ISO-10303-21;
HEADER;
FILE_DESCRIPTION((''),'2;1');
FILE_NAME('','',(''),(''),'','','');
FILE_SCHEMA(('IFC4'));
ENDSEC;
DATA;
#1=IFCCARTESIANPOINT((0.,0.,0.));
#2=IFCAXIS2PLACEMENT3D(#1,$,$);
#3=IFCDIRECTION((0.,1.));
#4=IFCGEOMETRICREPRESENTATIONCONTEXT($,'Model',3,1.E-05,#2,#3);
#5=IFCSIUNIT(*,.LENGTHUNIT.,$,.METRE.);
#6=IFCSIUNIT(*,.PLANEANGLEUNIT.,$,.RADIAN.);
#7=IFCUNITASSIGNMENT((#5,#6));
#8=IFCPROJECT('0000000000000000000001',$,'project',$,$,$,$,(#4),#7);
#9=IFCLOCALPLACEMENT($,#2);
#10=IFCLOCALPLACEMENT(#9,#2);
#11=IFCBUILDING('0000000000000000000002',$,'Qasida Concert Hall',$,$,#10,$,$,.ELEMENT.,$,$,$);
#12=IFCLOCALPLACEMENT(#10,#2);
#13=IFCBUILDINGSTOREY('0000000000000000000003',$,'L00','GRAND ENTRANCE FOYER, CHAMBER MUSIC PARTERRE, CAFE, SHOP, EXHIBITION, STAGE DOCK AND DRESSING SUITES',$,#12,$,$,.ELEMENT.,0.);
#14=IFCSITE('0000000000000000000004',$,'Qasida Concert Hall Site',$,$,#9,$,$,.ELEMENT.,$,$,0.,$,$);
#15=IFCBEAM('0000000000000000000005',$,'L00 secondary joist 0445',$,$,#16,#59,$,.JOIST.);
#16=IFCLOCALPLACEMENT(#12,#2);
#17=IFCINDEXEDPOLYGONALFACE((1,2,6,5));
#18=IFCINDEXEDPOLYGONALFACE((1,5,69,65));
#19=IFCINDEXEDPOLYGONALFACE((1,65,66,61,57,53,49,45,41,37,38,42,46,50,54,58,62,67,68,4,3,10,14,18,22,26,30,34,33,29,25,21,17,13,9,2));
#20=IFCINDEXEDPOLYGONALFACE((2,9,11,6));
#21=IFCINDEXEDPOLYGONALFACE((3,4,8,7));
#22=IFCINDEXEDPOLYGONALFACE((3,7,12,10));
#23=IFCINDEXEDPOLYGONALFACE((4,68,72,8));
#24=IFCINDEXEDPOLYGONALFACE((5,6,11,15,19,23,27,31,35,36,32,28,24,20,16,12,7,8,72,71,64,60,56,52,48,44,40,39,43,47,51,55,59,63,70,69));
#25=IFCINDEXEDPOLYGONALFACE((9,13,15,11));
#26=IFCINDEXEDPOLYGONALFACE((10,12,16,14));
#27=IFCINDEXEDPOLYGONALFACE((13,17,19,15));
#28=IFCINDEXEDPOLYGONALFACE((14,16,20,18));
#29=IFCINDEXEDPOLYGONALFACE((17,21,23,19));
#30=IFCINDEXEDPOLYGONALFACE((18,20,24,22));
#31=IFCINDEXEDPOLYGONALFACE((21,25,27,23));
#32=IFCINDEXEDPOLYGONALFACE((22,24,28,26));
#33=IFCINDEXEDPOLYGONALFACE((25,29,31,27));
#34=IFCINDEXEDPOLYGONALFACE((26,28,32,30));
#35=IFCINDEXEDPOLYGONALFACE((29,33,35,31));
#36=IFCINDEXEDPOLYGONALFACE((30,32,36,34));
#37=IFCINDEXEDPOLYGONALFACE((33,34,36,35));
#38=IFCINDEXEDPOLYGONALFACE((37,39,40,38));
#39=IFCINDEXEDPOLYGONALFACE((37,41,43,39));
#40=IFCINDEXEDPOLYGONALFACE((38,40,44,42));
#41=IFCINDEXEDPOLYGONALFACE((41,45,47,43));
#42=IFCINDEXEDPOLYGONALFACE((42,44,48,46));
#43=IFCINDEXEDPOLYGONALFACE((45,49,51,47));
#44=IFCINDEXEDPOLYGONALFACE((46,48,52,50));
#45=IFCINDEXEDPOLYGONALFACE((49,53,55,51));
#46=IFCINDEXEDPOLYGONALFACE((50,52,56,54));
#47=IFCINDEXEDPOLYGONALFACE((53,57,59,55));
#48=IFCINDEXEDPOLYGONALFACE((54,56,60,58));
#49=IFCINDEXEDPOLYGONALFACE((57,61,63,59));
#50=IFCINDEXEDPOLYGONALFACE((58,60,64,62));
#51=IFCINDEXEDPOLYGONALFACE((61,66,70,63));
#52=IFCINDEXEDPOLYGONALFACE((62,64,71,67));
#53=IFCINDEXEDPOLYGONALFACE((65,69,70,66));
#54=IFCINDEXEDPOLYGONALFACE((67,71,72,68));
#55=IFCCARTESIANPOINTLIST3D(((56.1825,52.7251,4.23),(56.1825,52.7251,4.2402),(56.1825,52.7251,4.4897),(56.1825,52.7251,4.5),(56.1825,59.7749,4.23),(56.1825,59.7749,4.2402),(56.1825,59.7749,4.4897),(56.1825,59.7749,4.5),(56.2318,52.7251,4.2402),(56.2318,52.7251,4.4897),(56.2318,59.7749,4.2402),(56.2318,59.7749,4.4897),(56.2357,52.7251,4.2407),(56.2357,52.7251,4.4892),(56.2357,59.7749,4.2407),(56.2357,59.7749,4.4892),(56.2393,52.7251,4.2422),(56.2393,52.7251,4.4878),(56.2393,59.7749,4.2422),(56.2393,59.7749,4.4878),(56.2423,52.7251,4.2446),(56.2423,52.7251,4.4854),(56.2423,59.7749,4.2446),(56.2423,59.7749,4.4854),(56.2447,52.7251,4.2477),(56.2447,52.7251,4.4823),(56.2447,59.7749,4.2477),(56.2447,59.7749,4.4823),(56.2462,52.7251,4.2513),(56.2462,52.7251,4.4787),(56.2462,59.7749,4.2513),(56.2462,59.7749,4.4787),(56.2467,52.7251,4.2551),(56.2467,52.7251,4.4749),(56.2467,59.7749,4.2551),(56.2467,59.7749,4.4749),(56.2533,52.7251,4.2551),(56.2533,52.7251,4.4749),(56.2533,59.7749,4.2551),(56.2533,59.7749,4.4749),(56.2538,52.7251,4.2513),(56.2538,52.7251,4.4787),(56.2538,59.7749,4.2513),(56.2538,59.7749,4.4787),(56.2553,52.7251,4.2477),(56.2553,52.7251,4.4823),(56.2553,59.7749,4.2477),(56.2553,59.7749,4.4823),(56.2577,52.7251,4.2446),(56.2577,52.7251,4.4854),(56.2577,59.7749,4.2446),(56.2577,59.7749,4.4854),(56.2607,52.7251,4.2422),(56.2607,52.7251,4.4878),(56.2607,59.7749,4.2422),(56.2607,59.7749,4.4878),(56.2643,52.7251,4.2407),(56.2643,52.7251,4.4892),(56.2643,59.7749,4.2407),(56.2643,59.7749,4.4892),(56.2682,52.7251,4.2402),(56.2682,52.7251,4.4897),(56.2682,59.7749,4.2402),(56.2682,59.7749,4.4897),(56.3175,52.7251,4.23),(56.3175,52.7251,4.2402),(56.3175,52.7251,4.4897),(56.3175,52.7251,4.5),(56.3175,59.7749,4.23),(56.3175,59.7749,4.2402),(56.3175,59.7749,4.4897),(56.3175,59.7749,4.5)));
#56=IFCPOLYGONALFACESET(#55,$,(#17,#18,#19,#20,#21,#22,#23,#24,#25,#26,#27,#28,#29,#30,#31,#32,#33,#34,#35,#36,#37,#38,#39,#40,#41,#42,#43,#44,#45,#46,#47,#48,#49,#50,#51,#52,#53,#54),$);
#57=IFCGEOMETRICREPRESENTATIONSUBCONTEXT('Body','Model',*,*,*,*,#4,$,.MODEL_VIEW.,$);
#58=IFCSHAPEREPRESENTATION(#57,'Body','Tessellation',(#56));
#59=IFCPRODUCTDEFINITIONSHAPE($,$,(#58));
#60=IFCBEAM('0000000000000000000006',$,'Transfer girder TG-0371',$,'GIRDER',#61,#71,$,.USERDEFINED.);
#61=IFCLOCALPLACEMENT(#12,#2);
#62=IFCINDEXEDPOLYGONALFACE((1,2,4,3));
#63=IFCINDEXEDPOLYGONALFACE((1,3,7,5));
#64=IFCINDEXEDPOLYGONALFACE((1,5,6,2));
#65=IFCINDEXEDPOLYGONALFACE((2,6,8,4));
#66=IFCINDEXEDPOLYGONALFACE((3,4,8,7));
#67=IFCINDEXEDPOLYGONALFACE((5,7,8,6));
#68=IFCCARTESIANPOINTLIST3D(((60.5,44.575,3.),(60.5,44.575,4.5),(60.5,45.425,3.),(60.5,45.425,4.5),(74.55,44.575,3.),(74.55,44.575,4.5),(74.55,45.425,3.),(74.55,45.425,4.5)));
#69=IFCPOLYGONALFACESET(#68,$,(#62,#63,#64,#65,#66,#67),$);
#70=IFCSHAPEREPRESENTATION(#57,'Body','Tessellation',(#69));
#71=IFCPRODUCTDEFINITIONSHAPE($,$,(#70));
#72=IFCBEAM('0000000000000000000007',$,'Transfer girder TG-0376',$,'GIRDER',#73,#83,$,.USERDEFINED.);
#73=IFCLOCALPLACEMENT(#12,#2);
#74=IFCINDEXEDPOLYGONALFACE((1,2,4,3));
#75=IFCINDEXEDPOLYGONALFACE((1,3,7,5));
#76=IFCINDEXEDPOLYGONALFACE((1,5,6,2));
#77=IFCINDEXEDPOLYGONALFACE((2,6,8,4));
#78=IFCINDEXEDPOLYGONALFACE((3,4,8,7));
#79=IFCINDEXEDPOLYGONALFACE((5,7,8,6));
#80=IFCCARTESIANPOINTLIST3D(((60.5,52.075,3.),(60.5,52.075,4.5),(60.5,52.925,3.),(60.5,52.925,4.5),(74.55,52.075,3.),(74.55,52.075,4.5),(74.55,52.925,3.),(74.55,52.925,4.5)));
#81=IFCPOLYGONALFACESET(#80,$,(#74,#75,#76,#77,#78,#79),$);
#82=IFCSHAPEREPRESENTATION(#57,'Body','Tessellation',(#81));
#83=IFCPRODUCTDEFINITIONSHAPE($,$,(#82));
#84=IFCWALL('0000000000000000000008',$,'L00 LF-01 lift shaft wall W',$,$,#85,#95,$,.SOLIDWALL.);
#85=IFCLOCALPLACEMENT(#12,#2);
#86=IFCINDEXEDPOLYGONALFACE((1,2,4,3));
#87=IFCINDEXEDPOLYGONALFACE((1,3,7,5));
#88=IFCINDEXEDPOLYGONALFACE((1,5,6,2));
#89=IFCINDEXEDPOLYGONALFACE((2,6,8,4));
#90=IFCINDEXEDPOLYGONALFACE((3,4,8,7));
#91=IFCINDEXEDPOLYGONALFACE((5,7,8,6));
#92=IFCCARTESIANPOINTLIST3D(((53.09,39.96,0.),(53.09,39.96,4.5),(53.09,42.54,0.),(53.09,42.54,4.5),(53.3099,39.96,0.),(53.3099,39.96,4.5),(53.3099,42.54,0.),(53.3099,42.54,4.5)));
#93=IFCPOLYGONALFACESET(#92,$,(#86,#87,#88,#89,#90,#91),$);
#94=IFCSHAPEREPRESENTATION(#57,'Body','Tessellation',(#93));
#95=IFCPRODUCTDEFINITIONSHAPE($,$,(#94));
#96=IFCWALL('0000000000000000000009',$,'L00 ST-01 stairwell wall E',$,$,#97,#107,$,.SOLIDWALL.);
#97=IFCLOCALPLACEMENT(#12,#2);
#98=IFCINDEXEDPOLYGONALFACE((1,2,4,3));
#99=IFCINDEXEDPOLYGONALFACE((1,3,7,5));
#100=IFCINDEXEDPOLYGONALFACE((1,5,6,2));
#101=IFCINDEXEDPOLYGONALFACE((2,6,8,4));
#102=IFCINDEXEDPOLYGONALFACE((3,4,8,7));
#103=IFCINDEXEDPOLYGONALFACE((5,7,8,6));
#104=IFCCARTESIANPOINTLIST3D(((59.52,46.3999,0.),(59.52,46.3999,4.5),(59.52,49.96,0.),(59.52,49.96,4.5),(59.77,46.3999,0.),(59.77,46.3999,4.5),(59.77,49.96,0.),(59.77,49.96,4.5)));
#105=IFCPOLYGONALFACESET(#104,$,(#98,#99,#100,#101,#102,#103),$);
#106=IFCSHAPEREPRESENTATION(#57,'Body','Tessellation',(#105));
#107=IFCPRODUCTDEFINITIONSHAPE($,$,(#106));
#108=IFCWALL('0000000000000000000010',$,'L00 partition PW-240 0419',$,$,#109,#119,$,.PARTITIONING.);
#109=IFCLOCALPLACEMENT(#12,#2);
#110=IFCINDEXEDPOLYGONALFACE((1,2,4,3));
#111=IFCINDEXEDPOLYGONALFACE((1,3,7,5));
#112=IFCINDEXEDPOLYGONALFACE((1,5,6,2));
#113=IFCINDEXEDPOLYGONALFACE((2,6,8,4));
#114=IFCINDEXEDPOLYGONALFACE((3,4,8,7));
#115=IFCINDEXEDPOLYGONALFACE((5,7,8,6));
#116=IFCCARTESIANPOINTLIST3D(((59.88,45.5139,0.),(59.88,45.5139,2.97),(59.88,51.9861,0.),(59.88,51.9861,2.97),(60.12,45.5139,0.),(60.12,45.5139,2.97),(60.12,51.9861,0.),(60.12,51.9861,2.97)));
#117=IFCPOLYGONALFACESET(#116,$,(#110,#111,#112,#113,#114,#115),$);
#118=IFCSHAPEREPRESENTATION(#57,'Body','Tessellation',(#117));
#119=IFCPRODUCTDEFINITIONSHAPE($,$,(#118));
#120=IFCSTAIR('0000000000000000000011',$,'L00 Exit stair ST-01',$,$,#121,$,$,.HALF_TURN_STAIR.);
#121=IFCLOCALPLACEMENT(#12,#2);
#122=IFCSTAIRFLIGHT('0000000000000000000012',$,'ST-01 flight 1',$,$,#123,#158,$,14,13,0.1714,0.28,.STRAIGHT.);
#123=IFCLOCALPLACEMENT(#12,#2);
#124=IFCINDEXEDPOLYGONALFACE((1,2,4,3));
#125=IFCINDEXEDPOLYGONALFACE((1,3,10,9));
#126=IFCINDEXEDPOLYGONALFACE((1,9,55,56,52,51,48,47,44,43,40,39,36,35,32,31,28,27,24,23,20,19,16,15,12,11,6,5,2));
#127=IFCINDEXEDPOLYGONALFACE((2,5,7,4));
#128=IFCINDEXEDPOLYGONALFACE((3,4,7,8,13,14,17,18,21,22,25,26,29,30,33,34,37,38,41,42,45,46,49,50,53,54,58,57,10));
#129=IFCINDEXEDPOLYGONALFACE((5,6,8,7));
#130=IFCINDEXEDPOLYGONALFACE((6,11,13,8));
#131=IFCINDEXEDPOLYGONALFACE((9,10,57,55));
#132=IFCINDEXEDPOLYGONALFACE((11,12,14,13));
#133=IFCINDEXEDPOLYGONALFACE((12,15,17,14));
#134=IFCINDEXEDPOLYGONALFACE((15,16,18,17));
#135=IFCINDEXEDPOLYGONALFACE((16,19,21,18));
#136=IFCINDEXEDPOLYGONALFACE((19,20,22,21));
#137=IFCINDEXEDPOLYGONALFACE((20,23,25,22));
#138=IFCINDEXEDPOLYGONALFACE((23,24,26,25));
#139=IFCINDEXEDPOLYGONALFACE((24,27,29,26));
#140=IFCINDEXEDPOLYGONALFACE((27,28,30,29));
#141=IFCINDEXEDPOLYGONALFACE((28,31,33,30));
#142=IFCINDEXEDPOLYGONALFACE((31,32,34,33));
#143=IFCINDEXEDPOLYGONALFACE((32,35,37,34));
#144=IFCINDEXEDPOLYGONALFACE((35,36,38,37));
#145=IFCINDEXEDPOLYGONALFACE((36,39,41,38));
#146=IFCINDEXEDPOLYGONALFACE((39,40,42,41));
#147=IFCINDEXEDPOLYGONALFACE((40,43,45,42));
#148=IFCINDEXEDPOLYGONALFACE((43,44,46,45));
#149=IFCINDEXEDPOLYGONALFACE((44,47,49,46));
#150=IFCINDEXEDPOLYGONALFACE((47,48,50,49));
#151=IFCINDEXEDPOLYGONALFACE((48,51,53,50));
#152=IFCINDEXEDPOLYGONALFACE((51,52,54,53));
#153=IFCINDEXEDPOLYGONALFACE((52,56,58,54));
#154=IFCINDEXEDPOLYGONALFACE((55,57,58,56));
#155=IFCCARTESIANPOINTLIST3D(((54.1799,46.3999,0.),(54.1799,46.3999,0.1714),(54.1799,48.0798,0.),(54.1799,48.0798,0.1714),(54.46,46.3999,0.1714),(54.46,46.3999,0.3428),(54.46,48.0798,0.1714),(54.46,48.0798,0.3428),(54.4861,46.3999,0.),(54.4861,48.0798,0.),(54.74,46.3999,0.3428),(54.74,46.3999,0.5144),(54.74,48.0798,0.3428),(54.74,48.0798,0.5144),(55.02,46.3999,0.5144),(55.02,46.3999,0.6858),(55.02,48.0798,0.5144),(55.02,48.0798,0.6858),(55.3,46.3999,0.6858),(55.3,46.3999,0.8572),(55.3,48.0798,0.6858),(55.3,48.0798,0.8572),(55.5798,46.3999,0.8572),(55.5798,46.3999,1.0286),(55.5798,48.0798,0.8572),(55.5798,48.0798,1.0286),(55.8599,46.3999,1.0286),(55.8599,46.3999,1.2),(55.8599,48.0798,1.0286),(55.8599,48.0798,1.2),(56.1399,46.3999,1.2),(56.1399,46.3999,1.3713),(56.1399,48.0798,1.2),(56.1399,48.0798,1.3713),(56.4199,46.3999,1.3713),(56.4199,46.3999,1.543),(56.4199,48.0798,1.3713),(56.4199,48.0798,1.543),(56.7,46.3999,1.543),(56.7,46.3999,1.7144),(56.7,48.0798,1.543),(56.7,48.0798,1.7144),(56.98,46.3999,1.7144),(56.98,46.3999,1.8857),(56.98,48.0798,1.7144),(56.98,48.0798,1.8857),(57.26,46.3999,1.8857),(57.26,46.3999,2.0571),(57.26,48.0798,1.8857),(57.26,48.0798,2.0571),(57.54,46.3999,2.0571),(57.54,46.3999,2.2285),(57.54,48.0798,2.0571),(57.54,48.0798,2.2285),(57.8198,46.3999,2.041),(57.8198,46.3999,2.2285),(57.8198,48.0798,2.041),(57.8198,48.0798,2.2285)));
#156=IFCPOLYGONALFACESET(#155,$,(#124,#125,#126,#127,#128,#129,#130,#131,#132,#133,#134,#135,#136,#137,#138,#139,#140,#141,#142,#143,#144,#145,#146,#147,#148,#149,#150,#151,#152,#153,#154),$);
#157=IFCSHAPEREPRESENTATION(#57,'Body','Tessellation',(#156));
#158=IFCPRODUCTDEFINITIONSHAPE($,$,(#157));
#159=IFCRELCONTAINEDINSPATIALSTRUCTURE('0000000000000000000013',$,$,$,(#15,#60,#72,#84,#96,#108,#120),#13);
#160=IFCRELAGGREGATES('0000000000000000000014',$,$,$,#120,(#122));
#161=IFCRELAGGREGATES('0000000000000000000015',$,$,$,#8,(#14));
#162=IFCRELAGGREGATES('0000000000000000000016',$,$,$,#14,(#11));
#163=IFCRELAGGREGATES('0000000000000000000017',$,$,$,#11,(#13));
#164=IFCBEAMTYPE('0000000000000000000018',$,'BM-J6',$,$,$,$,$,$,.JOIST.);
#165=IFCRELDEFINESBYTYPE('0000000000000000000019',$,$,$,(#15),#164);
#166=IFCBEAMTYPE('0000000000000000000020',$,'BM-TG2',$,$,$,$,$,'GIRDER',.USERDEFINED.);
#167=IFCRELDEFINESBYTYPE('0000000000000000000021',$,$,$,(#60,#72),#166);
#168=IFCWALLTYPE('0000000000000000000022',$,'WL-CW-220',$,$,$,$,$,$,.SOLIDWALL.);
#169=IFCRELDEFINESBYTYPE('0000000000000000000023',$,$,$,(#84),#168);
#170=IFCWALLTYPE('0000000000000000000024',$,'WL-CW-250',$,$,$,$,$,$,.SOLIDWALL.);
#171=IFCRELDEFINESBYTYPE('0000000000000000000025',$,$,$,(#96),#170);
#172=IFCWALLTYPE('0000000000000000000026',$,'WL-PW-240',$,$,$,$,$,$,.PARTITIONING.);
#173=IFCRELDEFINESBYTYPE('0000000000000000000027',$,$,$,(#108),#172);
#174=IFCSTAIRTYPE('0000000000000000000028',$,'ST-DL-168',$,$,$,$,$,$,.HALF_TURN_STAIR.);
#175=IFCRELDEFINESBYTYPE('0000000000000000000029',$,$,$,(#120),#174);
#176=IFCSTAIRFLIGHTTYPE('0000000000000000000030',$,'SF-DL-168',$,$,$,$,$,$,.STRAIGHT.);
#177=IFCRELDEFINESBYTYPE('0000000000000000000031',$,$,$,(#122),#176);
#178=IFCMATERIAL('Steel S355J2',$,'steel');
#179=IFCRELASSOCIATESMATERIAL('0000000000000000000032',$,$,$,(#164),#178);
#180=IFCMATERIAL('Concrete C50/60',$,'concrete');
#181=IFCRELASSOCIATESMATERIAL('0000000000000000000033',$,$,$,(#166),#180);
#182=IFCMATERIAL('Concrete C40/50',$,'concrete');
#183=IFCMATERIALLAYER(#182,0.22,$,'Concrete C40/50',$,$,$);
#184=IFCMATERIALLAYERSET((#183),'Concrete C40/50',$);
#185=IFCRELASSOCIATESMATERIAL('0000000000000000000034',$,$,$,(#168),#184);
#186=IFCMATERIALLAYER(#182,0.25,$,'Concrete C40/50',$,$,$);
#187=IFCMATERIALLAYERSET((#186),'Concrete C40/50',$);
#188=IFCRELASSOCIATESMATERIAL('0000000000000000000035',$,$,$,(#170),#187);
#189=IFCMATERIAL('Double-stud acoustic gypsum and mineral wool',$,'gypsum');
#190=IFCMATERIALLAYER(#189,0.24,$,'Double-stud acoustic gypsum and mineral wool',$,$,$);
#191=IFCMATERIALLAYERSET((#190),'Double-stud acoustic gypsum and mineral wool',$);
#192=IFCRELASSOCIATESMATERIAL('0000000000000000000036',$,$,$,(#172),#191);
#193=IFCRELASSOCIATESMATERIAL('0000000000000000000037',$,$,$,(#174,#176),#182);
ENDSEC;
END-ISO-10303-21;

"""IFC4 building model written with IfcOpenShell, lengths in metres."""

from ifc_helpers import new_model, si_unit, direction, frame, frame_2d, origin, origin_2d, place, context, subcontext, project, spatial, polyline, rectangle, i_section, outline, extrude, material, layer, layer_set, material_profile, profile_set, type_object, element, aggregate, save


model = new_model("IFC4")

# Units and contexts
model_context = context("Model", 3, precision=1e-05, world=origin(), true_north=direction((0.0, 1.0)))
body_context = subcontext(model_context, "Body", "Model", "MODEL_VIEW")
ifc_project = project(units=[si_unit("LENGTHUNIT", "METRE"), si_unit("PLANEANGLEUNIT", "RADIAN")], contexts=[model_context])

# Site, building, storey
site_placement = place(None, origin())
site = spatial("IfcSite", under=ifc_project, at=site_placement, Name="Qasida Concert Hall Site", CompositionType="ELEMENT", RefElevation=0.0)
building_placement = place(site_placement, origin())
building = spatial("IfcBuilding", under=site, at=building_placement, Name="Qasida Concert Hall", CompositionType="ELEMENT")
storey_placement = place(building_placement, origin())
storey = spatial("IfcBuildingStorey", under=building, at=storey_placement, Name="L00", Description="GRAND ENTRANCE FOYER, CHAMBER MUSIC PARTERRE, CAFE, SHOP, EXHIBITION, STAGE DOCK AND DRESSING SUITES", CompositionType="ELEMENT", Elevation=0.0)

# Shared definitions
ifc_material_1 = material(Name="Concrete C50/60", Category="concrete")

# Beams
ifc_material_2 = material(Name="Concrete C40/50", Category="concrete")
ifc_material_3 = material(Name="Steel S355J2", Category="steel")
ifc_material_profile_1 = material_profile(ifc_material_3, i_section(OverallWidth=0.135, OverallDepth=0.27, WebThickness=0.0066, FlangeThickness=0.0103, FilletRadius=0.0149, at=origin_2d()), Name="IPE 270")
ifc_profile_set_1 = profile_set([ifc_material_profile_1], Name="Steel S355J2")
beam_type_1 = type_object("IfcBeamType", Name="BM-J6", PredefinedType="JOIST", material=ifc_profile_set_1)
beam_1_placement = place(storey_placement, frame((56.25, 52.7251, 4.365), z_axis=(0.0, 1.0, 0.0), x_axis=(-1.0, 0.0, 0.0)))
element("IfcBeam", 1, at=beam_1_placement, inside=storey, type_object=beam_type_1, Name="L00 secondary joist 0445", PredefinedType="JOIST", context=body_context, shape_type="SweptSolid", body=[
    extrude(i_section(OverallWidth=0.135, OverallDepth=0.27, WebThickness=0.0066, FlangeThickness=0.0103, FilletRadius=0.0149, at=origin_2d()), origin(), (0.0, 0.0, 1.0), 7.0498),
])
ifc_material_profile_2 = material_profile(ifc_material_1, rectangle(XDim=0.8501, YDim=1.5, at=origin_2d()), Name="RC 850x1500")
ifc_profile_set_2 = profile_set([ifc_material_profile_2], Name="Concrete C50/60")
beam_type_2 = type_object("IfcBeamType", Name="BM-TG2", ElementType="GIRDER", PredefinedType="USERDEFINED", material=ifc_profile_set_2)
for number, where, z_axis, x_axis, name in (
    (2, (60.5, 45.0, 3.75), (1.0, 0.0, 0.0), (0.0, 1.0, 0.0), "Transfer girder TG-0371"),
    (3, (60.5, 52.5, 3.75), (1.0, 0.0, 0.0), (0.0, 1.0, 0.0), "Transfer girder TG-0376"),
):
    element("IfcBeam", number, at=place(storey_placement, frame(where, z_axis=z_axis, x_axis=x_axis)), inside=storey, type_object=beam_type_2, Name=name, ObjectType="GIRDER", PredefinedType="USERDEFINED", context=body_context, shape_type="SweptSolid", body=[
        extrude(rectangle(XDim=0.8501, YDim=1.5, at=origin_2d()), origin(), (0.0, 0.0, 1.0), 14.05),
    ])

# Wall
ifc_layer_1 = layer(ifc_material_2, 0.22, Name="Concrete C40/50")
ifc_layer_set_1 = layer_set([ifc_layer_1], Name="Concrete C40/50")
wall_type_1 = type_object("IfcWallType", Name="WL-CW-220", PredefinedType="SOLIDWALL", material=ifc_layer_set_1)
wall_1_placement = place(storey_placement, frame((53.2, 39.96, 0.0), z_axis=(0.0, 0.0, 1.0), x_axis=(0.0, 1.0, 0.0)))
element("IfcWall", 4, at=wall_1_placement, inside=storey, type_object=wall_type_1, Name="L00 LF-01 lift shaft wall W", PredefinedType="SOLIDWALL", context=body_context, shape_type="SweptSolid", body=[
    extrude(rectangle(XDim=2.5801, YDim=0.22, at=frame_2d((1.29, 0.0))), origin(), (0.0, 0.0, 1.0), 4.5),
])

# Walls
ifc_layer_2 = layer(ifc_material_2, 0.25, Name="Concrete C40/50")
ifc_layer_set_2 = layer_set([ifc_layer_2], Name="Concrete C40/50")
wall_type_2 = type_object("IfcWallType", Name="WL-CW-250", PredefinedType="SOLIDWALL", material=ifc_layer_set_2)
wall_2_placement = place(storey_placement, frame((59.645, 46.3999, 0.0), z_axis=(0.0, 0.0, 1.0), x_axis=(0.0, 1.0, 0.0)))
element("IfcWall", 5, at=wall_2_placement, inside=storey, type_object=wall_type_2, Name="L00 ST-01 stairwell wall E", PredefinedType="SOLIDWALL", context=body_context, shape_type="SweptSolid", body=[
    extrude(rectangle(XDim=3.5601, YDim=0.25, at=frame_2d((1.78, 0.0))), origin(), (0.0, 0.0, 1.0), 4.5),
])
ifc_material_4 = material(Name="Double-stud acoustic gypsum and mineral wool", Category="gypsum")
ifc_layer_3 = layer(ifc_material_4, 0.24, Name="Double-stud acoustic gypsum and mineral wool")
ifc_layer_set_3 = layer_set([ifc_layer_3], Name="Double-stud acoustic gypsum and mineral wool")
wall_type_3 = type_object("IfcWallType", Name="WL-PW-240", PredefinedType="PARTITIONING", material=ifc_layer_set_3)
wall_3_placement = place(storey_placement, frame((60.0, 45.5139, 0.0), z_axis=(0.0, 0.0, 1.0), x_axis=(0.0, 1.0, 0.0)))
element("IfcWall", 6, at=wall_3_placement, inside=storey, type_object=wall_type_3, Name="L00 partition PW-240 0419", PredefinedType="PARTITIONING", context=body_context, shape_type="SweptSolid", body=[
    extrude(rectangle(XDim=6.4722, YDim=0.24, at=frame_2d((3.2361, 0.0))), origin(), (0.0, 0.0, 1.0), 2.97),
])

# Stair, stair flight
stair_type = type_object("IfcStairType", Name="ST-DL-168", PredefinedType="HALF_TURN_STAIR", material=ifc_material_2)
stair_placement = place(storey_placement, origin())
stair = element("IfcStair", 7, at=stair_placement, inside=storey, type_object=stair_type, Name="L00 Exit stair ST-01", PredefinedType="HALF_TURN_STAIR")
stair_flight_type = type_object("IfcStairFlightType", Name="SF-DL-168", PredefinedType="STRAIGHT", material=ifc_material_2)
stair_flight_1_placement = place(storey_placement, frame((54.1799, 47.24, 0.0), z_axis=(0.0, 0.0, 1.0), x_axis=(1.0, 0.0, 0.0)))
stair_flight_1 = element("IfcStairFlight", 8, at=stair_flight_1_placement, type_object=stair_flight_type, Name="ST-01 flight 1", NumberOfRisers=14, NumberOfTreads=13, PredefinedType="STRAIGHT", RiserHeight=0.1714, TreadLength=0.28, context=body_context, shape_type="SweptSolid", body=[
    extrude(outline(polyline([(0.0, 0.0), (0.0, 0.1714), (0.28, 0.1714), (0.28, 0.3428), (0.5601, 0.3428), (0.5601, 0.5144), (0.8401, 0.5144), (0.8401, 0.6858), (1.1201, 0.6858), (1.1201, 0.8572), (1.3999, 0.8572), (1.3999, 1.0286), (1.6799, 1.0286), (1.6799, 1.2), (1.96, 1.2), (1.96, 1.3713), (2.24, 1.3713), (2.24, 1.543), (2.52, 1.543), (2.52, 1.7144), (2.8, 1.7144), (2.8, 1.8857), (3.0801, 1.8857), (3.0801, 2.0571), (3.3601, 2.0571), (3.3601, 2.2285), (3.6399, 2.2285), (3.6399, 2.3999), (3.6399, 2.041), (0.3062, 0.0), (0.0, 0.0)])), frame((0.0, 0.8398, 0.0), z_axis=(0.0, -1.0, 0.0), x_axis=(1.0, 0.0, 0.0)), (0.0, 0.0, 1.0), 1.6799),
])
aggregate(stair, [stair_flight_1])

save(model, "model.ifc")
